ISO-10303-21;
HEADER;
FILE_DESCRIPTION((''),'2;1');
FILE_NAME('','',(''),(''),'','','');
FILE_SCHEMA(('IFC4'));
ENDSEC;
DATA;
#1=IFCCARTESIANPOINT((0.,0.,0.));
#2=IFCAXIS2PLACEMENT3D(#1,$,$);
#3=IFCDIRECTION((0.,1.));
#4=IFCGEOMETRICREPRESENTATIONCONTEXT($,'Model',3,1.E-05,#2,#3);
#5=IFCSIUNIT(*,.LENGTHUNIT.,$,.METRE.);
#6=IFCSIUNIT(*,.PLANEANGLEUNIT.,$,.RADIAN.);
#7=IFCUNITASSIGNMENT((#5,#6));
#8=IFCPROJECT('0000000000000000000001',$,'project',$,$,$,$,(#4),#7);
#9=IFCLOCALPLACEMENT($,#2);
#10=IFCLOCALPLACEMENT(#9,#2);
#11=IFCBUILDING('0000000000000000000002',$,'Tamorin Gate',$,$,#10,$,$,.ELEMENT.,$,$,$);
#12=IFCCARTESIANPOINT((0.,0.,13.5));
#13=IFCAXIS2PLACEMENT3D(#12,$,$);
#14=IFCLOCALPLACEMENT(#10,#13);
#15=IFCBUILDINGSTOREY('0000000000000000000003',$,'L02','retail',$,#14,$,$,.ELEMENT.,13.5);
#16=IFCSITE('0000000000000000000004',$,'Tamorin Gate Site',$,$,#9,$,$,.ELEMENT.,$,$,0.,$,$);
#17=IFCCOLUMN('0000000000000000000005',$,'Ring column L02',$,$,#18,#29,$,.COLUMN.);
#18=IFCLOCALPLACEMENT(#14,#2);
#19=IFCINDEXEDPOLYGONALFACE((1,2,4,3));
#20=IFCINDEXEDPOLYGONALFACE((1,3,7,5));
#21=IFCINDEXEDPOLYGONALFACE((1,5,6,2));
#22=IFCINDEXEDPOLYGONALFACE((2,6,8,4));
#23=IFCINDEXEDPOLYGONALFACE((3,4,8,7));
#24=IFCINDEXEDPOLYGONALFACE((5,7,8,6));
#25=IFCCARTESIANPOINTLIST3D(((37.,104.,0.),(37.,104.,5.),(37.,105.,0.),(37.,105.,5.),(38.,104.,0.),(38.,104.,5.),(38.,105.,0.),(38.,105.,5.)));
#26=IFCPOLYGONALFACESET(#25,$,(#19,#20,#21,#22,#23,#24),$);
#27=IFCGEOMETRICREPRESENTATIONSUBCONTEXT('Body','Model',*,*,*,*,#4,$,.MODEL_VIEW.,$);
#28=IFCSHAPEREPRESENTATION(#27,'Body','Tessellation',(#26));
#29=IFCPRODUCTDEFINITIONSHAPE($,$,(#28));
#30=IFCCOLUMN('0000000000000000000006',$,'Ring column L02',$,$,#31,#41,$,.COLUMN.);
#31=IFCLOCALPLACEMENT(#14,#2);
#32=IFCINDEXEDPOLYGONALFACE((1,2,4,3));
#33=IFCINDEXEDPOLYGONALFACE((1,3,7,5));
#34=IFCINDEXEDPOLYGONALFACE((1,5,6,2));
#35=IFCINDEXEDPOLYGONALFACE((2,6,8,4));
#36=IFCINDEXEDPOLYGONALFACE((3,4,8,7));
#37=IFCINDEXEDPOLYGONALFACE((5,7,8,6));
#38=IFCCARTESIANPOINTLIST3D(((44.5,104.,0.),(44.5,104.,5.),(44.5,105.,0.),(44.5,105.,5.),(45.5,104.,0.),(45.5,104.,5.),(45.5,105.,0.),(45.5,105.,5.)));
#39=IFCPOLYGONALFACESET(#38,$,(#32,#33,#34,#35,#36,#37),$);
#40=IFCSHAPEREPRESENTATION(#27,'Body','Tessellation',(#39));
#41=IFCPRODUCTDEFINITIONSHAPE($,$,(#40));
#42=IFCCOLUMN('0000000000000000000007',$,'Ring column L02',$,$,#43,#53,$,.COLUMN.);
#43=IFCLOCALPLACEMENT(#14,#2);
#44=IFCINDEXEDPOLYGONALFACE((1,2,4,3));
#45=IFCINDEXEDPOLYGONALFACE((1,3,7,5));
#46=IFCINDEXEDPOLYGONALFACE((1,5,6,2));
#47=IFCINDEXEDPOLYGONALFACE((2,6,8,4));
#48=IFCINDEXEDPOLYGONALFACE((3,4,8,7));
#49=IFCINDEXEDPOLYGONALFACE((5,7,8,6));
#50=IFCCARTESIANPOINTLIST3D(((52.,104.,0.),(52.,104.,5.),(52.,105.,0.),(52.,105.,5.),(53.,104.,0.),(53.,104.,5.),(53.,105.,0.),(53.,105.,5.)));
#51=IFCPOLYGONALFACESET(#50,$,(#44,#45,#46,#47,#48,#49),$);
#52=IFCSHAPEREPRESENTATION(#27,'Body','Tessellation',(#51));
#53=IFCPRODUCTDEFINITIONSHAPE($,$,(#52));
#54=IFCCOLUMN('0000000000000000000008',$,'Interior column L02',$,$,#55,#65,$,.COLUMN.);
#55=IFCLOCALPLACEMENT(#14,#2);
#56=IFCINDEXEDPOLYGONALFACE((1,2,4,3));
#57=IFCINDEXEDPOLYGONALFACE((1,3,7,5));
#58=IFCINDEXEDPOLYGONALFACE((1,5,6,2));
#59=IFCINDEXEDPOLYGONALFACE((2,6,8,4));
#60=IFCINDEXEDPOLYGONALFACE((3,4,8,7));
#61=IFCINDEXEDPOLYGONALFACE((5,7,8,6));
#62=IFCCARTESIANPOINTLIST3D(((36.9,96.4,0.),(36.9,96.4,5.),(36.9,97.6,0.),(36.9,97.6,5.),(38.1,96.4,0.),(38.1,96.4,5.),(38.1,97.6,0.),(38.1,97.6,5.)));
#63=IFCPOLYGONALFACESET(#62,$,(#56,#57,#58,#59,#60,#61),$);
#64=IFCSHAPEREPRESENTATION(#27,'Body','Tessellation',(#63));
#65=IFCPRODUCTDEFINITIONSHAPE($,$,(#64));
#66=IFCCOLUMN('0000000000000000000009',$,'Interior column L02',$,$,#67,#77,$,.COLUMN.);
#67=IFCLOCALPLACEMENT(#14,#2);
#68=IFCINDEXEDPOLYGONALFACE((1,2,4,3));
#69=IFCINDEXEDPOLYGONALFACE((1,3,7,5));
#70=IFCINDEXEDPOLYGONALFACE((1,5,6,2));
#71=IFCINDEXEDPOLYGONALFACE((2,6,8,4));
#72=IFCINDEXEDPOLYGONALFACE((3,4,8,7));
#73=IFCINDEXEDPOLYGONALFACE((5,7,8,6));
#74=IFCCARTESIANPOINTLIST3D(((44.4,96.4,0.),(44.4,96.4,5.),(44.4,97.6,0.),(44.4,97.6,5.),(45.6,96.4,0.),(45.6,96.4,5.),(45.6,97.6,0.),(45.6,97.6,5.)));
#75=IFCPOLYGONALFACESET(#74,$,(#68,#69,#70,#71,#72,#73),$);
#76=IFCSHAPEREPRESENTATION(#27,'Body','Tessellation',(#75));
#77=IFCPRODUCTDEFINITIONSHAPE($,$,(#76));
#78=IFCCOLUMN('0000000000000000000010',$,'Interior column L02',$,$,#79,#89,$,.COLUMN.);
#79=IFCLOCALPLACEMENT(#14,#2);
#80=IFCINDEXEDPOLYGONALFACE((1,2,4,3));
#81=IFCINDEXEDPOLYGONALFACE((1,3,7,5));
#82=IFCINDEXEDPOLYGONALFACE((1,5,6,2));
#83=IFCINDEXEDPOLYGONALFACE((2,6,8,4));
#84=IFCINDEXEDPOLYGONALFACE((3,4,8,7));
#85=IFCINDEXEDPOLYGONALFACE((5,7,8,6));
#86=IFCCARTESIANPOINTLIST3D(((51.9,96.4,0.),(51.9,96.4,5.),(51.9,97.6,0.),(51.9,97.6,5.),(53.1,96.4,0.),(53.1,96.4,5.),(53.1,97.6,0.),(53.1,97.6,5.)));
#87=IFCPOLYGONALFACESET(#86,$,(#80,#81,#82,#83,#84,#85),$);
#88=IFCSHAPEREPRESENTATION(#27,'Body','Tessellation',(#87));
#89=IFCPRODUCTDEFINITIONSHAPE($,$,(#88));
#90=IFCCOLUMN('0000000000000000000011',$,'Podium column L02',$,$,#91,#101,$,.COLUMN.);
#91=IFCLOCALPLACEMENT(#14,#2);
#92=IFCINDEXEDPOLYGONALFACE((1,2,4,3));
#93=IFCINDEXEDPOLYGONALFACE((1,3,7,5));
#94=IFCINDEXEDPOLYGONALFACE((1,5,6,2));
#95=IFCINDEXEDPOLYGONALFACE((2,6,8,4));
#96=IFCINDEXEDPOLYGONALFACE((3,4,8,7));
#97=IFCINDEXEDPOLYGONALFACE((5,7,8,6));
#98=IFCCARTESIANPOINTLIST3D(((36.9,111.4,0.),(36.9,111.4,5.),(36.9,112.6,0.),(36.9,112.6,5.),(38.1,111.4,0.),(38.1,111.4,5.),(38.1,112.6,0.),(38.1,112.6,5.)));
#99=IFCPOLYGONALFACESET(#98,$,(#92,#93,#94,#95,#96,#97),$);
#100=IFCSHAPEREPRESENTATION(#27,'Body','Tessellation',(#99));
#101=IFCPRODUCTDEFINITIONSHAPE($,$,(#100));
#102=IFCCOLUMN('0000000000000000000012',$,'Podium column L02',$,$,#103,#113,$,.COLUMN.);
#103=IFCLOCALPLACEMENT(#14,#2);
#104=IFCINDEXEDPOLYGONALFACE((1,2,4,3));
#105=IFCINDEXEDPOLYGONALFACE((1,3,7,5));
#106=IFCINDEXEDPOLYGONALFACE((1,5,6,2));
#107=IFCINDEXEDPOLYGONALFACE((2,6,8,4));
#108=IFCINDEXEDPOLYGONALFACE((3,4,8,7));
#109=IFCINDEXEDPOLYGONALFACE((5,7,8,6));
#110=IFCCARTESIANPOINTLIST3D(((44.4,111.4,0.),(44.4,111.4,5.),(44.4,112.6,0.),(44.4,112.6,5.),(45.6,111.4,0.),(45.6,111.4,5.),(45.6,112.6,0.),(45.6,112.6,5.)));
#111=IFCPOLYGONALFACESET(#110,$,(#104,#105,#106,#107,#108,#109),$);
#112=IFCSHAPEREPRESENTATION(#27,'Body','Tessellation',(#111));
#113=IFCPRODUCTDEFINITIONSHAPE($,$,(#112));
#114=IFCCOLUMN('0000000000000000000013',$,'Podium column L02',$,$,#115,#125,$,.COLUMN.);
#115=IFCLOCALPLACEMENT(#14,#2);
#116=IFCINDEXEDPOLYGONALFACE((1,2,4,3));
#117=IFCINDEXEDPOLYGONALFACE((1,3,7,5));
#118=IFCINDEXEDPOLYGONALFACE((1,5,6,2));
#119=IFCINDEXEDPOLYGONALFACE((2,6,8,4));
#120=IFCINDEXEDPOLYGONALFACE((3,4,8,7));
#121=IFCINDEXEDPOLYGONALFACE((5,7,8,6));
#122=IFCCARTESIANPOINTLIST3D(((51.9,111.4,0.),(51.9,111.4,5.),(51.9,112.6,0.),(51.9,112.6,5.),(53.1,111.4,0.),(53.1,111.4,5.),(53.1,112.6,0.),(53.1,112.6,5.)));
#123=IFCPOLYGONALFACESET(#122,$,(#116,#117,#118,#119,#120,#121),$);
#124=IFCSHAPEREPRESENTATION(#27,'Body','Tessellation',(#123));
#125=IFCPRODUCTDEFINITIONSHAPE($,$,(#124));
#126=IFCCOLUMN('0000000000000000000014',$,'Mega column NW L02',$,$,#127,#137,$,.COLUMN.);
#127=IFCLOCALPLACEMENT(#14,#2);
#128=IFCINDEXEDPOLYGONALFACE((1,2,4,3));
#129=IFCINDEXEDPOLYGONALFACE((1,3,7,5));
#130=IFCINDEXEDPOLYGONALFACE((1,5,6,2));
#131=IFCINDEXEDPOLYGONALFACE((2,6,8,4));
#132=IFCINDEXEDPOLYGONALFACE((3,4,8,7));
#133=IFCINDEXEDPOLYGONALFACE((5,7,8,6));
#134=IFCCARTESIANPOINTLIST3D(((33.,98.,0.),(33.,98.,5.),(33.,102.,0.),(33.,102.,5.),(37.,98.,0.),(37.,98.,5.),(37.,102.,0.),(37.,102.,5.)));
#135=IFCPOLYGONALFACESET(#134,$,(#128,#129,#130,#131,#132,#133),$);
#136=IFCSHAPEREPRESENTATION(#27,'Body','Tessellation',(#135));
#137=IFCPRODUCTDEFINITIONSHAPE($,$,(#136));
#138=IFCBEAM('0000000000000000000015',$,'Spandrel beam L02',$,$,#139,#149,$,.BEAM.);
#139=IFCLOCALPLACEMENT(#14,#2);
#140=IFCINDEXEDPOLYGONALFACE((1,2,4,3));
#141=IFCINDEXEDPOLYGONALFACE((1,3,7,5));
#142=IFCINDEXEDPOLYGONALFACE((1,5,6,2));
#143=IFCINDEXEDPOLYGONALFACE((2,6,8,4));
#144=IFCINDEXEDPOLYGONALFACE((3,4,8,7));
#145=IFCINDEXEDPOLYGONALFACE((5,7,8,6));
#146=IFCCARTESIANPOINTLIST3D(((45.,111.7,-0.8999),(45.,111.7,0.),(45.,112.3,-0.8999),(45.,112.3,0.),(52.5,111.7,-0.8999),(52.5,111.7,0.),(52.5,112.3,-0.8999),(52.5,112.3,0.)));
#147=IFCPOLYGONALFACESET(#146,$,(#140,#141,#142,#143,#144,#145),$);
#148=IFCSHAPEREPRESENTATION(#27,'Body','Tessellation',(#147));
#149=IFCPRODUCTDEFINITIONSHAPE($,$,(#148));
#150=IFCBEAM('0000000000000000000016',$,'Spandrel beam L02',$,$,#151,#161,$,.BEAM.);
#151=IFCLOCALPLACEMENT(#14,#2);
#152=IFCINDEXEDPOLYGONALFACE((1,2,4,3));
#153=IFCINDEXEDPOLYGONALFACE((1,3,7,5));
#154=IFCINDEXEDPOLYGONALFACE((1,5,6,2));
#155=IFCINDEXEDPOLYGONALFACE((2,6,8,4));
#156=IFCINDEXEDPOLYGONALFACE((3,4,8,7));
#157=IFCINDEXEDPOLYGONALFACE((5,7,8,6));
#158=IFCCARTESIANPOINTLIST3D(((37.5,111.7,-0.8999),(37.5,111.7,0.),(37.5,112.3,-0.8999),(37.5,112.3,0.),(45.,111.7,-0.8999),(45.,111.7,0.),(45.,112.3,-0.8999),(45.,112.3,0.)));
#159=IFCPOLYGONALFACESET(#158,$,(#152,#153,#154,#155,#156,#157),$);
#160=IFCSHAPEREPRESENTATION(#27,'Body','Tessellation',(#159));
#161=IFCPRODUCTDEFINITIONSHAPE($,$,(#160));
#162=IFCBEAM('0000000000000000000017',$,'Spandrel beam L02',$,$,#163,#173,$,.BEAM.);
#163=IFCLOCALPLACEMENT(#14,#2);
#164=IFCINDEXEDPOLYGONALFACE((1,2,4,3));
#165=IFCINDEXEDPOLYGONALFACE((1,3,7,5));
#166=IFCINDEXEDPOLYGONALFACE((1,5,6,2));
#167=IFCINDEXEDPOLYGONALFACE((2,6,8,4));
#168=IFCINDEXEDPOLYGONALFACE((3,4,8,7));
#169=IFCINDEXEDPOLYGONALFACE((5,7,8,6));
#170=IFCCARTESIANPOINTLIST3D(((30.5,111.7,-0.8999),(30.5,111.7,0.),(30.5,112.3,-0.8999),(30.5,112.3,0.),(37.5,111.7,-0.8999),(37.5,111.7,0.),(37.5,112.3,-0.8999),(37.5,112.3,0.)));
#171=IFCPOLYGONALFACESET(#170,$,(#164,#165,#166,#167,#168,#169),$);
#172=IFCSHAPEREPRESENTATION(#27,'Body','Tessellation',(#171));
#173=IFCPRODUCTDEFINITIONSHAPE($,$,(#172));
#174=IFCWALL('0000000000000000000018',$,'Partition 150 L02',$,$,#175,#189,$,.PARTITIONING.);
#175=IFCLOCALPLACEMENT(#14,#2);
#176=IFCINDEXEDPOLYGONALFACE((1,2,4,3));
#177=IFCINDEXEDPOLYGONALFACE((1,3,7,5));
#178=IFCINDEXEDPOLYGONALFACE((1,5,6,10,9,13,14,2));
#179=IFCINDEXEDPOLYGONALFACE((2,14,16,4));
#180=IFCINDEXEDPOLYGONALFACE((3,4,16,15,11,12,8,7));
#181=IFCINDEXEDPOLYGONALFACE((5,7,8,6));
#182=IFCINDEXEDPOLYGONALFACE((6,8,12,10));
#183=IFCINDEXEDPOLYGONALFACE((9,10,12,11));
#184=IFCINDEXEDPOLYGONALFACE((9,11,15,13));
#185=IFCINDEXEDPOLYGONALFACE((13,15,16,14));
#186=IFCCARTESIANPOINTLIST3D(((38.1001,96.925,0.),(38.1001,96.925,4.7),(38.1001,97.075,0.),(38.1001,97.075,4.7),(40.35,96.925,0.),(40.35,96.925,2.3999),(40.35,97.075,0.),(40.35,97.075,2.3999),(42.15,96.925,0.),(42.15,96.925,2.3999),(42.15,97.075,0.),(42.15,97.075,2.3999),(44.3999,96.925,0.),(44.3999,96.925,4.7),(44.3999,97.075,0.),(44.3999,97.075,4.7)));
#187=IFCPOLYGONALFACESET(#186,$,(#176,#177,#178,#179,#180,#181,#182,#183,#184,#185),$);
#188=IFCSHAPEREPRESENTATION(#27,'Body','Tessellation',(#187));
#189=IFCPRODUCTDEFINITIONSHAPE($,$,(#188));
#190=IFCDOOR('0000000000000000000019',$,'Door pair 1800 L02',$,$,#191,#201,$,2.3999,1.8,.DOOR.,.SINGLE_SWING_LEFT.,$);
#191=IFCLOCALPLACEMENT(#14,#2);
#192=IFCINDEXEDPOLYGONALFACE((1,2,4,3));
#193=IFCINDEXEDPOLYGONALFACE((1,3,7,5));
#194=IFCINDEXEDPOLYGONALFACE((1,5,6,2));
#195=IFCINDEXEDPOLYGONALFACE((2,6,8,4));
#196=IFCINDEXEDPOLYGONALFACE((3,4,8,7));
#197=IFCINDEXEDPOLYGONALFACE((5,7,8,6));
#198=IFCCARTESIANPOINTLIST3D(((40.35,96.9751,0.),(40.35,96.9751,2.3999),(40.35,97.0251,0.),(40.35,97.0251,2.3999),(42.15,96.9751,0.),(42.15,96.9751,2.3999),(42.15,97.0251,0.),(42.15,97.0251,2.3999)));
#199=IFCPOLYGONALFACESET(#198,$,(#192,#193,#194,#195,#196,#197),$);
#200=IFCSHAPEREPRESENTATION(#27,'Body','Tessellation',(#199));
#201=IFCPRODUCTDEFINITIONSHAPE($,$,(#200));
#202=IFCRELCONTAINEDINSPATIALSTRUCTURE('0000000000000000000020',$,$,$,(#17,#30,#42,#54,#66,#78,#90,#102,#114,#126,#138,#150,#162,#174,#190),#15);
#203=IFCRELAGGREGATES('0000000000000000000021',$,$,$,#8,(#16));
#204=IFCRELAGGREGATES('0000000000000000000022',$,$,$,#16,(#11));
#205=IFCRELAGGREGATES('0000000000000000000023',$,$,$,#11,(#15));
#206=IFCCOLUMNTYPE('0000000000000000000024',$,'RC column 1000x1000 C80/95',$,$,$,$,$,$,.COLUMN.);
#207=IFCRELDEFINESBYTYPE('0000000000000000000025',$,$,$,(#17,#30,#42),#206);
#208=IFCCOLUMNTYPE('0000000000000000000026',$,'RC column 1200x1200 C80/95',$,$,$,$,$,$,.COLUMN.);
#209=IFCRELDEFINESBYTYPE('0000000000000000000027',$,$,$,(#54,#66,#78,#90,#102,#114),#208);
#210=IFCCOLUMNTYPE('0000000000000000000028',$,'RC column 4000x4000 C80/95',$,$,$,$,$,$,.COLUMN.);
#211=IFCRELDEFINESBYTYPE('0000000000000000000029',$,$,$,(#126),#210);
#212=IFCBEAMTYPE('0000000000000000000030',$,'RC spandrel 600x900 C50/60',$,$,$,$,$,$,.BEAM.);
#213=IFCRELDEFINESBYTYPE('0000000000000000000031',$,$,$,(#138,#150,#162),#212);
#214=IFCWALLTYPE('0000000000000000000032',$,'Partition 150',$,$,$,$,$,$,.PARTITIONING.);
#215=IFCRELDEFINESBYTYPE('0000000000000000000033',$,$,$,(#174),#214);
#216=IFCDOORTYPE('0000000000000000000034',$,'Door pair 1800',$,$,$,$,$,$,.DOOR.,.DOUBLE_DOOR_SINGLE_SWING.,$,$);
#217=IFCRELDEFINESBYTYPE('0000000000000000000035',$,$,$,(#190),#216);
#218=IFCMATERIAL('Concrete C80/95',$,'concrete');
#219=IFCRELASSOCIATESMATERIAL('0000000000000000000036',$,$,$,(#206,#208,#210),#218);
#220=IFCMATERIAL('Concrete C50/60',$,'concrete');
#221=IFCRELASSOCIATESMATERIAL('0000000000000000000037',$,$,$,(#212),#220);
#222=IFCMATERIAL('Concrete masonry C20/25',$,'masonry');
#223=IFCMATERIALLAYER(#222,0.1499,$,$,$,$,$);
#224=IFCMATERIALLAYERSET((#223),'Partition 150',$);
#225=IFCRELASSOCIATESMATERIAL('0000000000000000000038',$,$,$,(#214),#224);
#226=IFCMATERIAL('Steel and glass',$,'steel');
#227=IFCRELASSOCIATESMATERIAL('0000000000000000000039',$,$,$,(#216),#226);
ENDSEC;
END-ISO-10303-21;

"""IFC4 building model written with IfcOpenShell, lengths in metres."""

from ifc_helpers import new_model, si_unit, direction, frame, frame_2d, origin, origin_2d, place, context, subcontext, project, spatial, rectangle, extrude, material, layer, layer_set, material_profile, profile_set, type_object, element, fill, save


model = new_model("IFC4")

# Units and contexts
model_context = context("Model", 3, precision=1e-05, world=origin(), true_north=direction((0.0, 1.0)))
body_context = subcontext(model_context, "Body", "Model", "MODEL_VIEW")
ifc_project = project(units=[si_unit("LENGTHUNIT", "METRE"), si_unit("PLANEANGLEUNIT", "RADIAN")], contexts=[model_context])

# Site, building, storey
site_placement = place(None, origin())
site = spatial("IfcSite", under=ifc_project, at=site_placement, Name="Tamorin Gate Site", CompositionType="ELEMENT", RefElevation=0.0)
building_placement = place(site_placement, origin())
building = spatial("IfcBuilding", under=site, at=building_placement, Name="Tamorin Gate", CompositionType="ELEMENT")
storey_placement = place(building_placement, frame((0.0, 0.0, 13.5)))
storey = spatial("IfcBuildingStorey", under=building, at=storey_placement, Name="L02", Description="retail", CompositionType="ELEMENT", Elevation=13.5)

# Columns
ifc_material_1 = material(Name="Concrete C80/95", Category="concrete")
ifc_material_profile_1 = material_profile(ifc_material_1, rectangle(XDim=1.0, YDim=1.0, at=origin_2d()), Name="RC 1000x1000")
ifc_profile_set_1 = profile_set([ifc_material_profile_1], Name="Concrete C80/95")
column_type_1 = type_object("IfcColumnType", Name="RC column 1000x1000 C80/95", PredefinedType="COLUMN", material=ifc_profile_set_1)
for number, where, z_axis, x_axis, name in (
    (1, (37.5, 104.5, 0.0), (0.0, 0.0, 1.0), (1.0, 0.0, 0.0), "Ring column L02"),
    (2, (45.0, 104.5, 0.0), (0.0, 0.0, 1.0), (1.0, 0.0, 0.0), "Ring column L02"),
    (3, (52.5, 104.5, 0.0), (0.0, 0.0, 1.0), (1.0, 0.0, 0.0), "Ring column L02"),
):
    element("IfcColumn", number, at=place(storey_placement, frame(where, z_axis=z_axis, x_axis=x_axis)), inside=storey, type_object=column_type_1, Name=name, PredefinedType="COLUMN", context=body_context, shape_type="SweptSolid", body=[
        extrude(rectangle(XDim=1.0, YDim=1.0, at=origin_2d()), origin(), (0.0, 0.0, 1.0), 5.0),
    ])
ifc_material_profile_2 = material_profile(ifc_material_1, rectangle(XDim=1.2, YDim=1.2, at=origin_2d()), Name="RC 1200x1200")
ifc_profile_set_2 = profile_set([ifc_material_profile_2], Name="Concrete C80/95")
column_type_2 = type_object("IfcColumnType", Name="RC column 1200x1200 C80/95", PredefinedType="COLUMN", material=ifc_profile_set_2)
for number, where, z_axis, x_axis, name in (
    (4, (37.5, 97.0, 0.0), (0.0, 0.0, 1.0), (1.0, 0.0, 0.0), "Interior column L02"),
    (5, (45.0, 97.0, 0.0), (0.0, 0.0, 1.0), (1.0, 0.0, 0.0), "Interior column L02"),
    (6, (52.5, 97.0, 0.0), (0.0, 0.0, 1.0), (1.0, 0.0, 0.0), "Interior column L02"),
    (7, (37.5, 112.0, 0.0), (0.0, 0.0, 1.0), (1.0, 0.0, 0.0), "Podium column L02"),
    (8, (45.0, 112.0, 0.0), (0.0, 0.0, 1.0), (1.0, 0.0, 0.0), "Podium column L02"),
    (9, (52.5, 112.0, 0.0), (0.0, 0.0, 1.0), (1.0, 0.0, 0.0), "Podium column L02"),
):
    element("IfcColumn", number, at=place(storey_placement, frame(where, z_axis=z_axis, x_axis=x_axis)), inside=storey, type_object=column_type_2, Name=name, PredefinedType="COLUMN", context=body_context, shape_type="SweptSolid", body=[
        extrude(rectangle(XDim=1.2, YDim=1.2, at=origin_2d()), origin(), (0.0, 0.0, 1.0), 5.0),
    ])
ifc_material_profile_3 = material_profile(ifc_material_1, rectangle(XDim=4.0, YDim=4.0, at=origin_2d()), Name="RC 4000x4000")
ifc_profile_set_3 = profile_set([ifc_material_profile_3], Name="Concrete C80/95")
column_type_3 = type_object("IfcColumnType", Name="RC column 4000x4000 C80/95", PredefinedType="COLUMN", material=ifc_profile_set_3)
column_placement = place(storey_placement, frame((35.0, 100.0, 0.0), z_axis=(0.0, 0.0, 1.0), x_axis=(1.0, 0.0, 0.0)))
element("IfcColumn", 10, at=column_placement, inside=storey, type_object=column_type_3, Name="Mega column NW L02", PredefinedType="COLUMN", context=body_context, shape_type="SweptSolid", body=[
    extrude(rectangle(XDim=4.0, YDim=4.0, at=origin_2d()), origin(), (0.0, 0.0, 1.0), 5.0),
])

# Beams
ifc_material_2 = material(Name="Concrete C50/60", Category="concrete")
ifc_material_profile_4 = material_profile(ifc_material_2, rectangle(XDim=0.6001, YDim=0.8999, at=origin_2d()), Name="RC 600x900")
ifc_profile_set_4 = profile_set([ifc_material_profile_4], Name="Concrete C50/60")
beam_type = type_object("IfcBeamType", Name="RC spandrel 600x900 C50/60", PredefinedType="BEAM", material=ifc_profile_set_4)
for number, where, z_axis, x_axis, name in (
    (11, (52.5, 112.0, -0.45), (-1.0, 0.0, 0.0), (0.0, -1.0, 0.0), "Spandrel beam L02"),
    (12, (45.0, 112.0, -0.45), (-1.0, 0.0, 0.0), (0.0, -1.0, 0.0), "Spandrel beam L02"),
):
    element("IfcBeam", number, at=place(storey_placement, frame(where, z_axis=z_axis, x_axis=x_axis)), inside=storey, type_object=beam_type, Name=name, PredefinedType="BEAM", context=body_context, shape_type="SweptSolid", body=[
        extrude(rectangle(XDim=0.6001, YDim=0.8999, at=origin_2d()), origin(), (0.0, 0.0, 1.0), 7.5),
    ])
beam_placement = place(storey_placement, frame((37.5, 112.0, -0.45), z_axis=(-1.0, 0.0, 0.0), x_axis=(0.0, -1.0, 0.0)))
element("IfcBeam", 13, at=beam_placement, inside=storey, type_object=beam_type, Name="Spandrel beam L02", PredefinedType="BEAM", context=body_context, shape_type="SweptSolid", body=[
    extrude(rectangle(XDim=0.6001, YDim=0.8999, at=origin_2d()), origin(), (0.0, 0.0, 1.0), 7.0),
])

# Wall, opening, door
ifc_material_3 = material(Name="Concrete masonry C20/25", Category="masonry")
ifc_layer_1 = layer(ifc_material_3, 0.1499)
ifc_layer_set_1 = layer_set([ifc_layer_1], Name="Partition 150")
wall_type_1 = type_object("IfcWallType", Name="Partition 150", PredefinedType="PARTITIONING", material=ifc_layer_set_1)
wall_1_placement = place(storey_placement, frame((44.3999, 97.0, 0.0), z_axis=(0.0, 0.0, 1.0), x_axis=(-1.0, 0.0, 0.0)))
wall_1 = element("IfcWall", 14, at=wall_1_placement, inside=storey, type_object=wall_type_1, Name="Partition 150 L02", PredefinedType="PARTITIONING", context=body_context, shape_type="SweptSolid", body=[
    extrude(rectangle(XDim=6.2998, YDim=0.1499, at=frame_2d((3.1499, 0.0))), origin(), (0.0, 0.0, 1.0), 4.7),
])
opening_1_placement = place(wall_1_placement, frame((2.25, 0.0, 0.0)))
opening_1 = element("IfcOpeningElement", 15, at=opening_1_placement, cuts=wall_1, PredefinedType="OPENING", context=body_context, shape_type="SweptSolid", body=[
    extrude(rectangle(XDim=1.8, YDim=2.3999, at=frame_2d((0.8999, 1.2))), frame((0.0, 0.085, 0.0), z_axis=(0.0, -1.0, 0.0), x_axis=(1.0, 0.0, 0.0)), (0.0, 0.0, 1.0), 0.1699),
])
ifc_material_4 = material(Name="Steel and glass", Category="steel")
door_type = type_object("IfcDoorType", Name="Door pair 1800", OperationType="DOUBLE_DOOR_SINGLE_SWING", PredefinedType="DOOR", material=ifc_material_4)
door_placement = place(opening_1_placement, origin())
door = element("IfcDoor", 16, at=door_placement, inside=storey, type_object=door_type, Name="Door pair 1800 L02", OperationType="SINGLE_SWING_LEFT", OverallHeight=2.3999, OverallWidth=1.8, PredefinedType="DOOR", context=body_context, shape_type="SweptSolid", body=[
    extrude(rectangle(XDim=1.8, YDim=2.3999, at=frame_2d((0.8999, 1.2))), frame((0.0, 0.0249, 0.0), z_axis=(0.0, -1.0, 0.0), x_axis=(1.0, 0.0, 0.0)), (0.0, 0.0, 1.0), 0.05),
])
fill(opening_1, door)

save(model, "model.ifc")
